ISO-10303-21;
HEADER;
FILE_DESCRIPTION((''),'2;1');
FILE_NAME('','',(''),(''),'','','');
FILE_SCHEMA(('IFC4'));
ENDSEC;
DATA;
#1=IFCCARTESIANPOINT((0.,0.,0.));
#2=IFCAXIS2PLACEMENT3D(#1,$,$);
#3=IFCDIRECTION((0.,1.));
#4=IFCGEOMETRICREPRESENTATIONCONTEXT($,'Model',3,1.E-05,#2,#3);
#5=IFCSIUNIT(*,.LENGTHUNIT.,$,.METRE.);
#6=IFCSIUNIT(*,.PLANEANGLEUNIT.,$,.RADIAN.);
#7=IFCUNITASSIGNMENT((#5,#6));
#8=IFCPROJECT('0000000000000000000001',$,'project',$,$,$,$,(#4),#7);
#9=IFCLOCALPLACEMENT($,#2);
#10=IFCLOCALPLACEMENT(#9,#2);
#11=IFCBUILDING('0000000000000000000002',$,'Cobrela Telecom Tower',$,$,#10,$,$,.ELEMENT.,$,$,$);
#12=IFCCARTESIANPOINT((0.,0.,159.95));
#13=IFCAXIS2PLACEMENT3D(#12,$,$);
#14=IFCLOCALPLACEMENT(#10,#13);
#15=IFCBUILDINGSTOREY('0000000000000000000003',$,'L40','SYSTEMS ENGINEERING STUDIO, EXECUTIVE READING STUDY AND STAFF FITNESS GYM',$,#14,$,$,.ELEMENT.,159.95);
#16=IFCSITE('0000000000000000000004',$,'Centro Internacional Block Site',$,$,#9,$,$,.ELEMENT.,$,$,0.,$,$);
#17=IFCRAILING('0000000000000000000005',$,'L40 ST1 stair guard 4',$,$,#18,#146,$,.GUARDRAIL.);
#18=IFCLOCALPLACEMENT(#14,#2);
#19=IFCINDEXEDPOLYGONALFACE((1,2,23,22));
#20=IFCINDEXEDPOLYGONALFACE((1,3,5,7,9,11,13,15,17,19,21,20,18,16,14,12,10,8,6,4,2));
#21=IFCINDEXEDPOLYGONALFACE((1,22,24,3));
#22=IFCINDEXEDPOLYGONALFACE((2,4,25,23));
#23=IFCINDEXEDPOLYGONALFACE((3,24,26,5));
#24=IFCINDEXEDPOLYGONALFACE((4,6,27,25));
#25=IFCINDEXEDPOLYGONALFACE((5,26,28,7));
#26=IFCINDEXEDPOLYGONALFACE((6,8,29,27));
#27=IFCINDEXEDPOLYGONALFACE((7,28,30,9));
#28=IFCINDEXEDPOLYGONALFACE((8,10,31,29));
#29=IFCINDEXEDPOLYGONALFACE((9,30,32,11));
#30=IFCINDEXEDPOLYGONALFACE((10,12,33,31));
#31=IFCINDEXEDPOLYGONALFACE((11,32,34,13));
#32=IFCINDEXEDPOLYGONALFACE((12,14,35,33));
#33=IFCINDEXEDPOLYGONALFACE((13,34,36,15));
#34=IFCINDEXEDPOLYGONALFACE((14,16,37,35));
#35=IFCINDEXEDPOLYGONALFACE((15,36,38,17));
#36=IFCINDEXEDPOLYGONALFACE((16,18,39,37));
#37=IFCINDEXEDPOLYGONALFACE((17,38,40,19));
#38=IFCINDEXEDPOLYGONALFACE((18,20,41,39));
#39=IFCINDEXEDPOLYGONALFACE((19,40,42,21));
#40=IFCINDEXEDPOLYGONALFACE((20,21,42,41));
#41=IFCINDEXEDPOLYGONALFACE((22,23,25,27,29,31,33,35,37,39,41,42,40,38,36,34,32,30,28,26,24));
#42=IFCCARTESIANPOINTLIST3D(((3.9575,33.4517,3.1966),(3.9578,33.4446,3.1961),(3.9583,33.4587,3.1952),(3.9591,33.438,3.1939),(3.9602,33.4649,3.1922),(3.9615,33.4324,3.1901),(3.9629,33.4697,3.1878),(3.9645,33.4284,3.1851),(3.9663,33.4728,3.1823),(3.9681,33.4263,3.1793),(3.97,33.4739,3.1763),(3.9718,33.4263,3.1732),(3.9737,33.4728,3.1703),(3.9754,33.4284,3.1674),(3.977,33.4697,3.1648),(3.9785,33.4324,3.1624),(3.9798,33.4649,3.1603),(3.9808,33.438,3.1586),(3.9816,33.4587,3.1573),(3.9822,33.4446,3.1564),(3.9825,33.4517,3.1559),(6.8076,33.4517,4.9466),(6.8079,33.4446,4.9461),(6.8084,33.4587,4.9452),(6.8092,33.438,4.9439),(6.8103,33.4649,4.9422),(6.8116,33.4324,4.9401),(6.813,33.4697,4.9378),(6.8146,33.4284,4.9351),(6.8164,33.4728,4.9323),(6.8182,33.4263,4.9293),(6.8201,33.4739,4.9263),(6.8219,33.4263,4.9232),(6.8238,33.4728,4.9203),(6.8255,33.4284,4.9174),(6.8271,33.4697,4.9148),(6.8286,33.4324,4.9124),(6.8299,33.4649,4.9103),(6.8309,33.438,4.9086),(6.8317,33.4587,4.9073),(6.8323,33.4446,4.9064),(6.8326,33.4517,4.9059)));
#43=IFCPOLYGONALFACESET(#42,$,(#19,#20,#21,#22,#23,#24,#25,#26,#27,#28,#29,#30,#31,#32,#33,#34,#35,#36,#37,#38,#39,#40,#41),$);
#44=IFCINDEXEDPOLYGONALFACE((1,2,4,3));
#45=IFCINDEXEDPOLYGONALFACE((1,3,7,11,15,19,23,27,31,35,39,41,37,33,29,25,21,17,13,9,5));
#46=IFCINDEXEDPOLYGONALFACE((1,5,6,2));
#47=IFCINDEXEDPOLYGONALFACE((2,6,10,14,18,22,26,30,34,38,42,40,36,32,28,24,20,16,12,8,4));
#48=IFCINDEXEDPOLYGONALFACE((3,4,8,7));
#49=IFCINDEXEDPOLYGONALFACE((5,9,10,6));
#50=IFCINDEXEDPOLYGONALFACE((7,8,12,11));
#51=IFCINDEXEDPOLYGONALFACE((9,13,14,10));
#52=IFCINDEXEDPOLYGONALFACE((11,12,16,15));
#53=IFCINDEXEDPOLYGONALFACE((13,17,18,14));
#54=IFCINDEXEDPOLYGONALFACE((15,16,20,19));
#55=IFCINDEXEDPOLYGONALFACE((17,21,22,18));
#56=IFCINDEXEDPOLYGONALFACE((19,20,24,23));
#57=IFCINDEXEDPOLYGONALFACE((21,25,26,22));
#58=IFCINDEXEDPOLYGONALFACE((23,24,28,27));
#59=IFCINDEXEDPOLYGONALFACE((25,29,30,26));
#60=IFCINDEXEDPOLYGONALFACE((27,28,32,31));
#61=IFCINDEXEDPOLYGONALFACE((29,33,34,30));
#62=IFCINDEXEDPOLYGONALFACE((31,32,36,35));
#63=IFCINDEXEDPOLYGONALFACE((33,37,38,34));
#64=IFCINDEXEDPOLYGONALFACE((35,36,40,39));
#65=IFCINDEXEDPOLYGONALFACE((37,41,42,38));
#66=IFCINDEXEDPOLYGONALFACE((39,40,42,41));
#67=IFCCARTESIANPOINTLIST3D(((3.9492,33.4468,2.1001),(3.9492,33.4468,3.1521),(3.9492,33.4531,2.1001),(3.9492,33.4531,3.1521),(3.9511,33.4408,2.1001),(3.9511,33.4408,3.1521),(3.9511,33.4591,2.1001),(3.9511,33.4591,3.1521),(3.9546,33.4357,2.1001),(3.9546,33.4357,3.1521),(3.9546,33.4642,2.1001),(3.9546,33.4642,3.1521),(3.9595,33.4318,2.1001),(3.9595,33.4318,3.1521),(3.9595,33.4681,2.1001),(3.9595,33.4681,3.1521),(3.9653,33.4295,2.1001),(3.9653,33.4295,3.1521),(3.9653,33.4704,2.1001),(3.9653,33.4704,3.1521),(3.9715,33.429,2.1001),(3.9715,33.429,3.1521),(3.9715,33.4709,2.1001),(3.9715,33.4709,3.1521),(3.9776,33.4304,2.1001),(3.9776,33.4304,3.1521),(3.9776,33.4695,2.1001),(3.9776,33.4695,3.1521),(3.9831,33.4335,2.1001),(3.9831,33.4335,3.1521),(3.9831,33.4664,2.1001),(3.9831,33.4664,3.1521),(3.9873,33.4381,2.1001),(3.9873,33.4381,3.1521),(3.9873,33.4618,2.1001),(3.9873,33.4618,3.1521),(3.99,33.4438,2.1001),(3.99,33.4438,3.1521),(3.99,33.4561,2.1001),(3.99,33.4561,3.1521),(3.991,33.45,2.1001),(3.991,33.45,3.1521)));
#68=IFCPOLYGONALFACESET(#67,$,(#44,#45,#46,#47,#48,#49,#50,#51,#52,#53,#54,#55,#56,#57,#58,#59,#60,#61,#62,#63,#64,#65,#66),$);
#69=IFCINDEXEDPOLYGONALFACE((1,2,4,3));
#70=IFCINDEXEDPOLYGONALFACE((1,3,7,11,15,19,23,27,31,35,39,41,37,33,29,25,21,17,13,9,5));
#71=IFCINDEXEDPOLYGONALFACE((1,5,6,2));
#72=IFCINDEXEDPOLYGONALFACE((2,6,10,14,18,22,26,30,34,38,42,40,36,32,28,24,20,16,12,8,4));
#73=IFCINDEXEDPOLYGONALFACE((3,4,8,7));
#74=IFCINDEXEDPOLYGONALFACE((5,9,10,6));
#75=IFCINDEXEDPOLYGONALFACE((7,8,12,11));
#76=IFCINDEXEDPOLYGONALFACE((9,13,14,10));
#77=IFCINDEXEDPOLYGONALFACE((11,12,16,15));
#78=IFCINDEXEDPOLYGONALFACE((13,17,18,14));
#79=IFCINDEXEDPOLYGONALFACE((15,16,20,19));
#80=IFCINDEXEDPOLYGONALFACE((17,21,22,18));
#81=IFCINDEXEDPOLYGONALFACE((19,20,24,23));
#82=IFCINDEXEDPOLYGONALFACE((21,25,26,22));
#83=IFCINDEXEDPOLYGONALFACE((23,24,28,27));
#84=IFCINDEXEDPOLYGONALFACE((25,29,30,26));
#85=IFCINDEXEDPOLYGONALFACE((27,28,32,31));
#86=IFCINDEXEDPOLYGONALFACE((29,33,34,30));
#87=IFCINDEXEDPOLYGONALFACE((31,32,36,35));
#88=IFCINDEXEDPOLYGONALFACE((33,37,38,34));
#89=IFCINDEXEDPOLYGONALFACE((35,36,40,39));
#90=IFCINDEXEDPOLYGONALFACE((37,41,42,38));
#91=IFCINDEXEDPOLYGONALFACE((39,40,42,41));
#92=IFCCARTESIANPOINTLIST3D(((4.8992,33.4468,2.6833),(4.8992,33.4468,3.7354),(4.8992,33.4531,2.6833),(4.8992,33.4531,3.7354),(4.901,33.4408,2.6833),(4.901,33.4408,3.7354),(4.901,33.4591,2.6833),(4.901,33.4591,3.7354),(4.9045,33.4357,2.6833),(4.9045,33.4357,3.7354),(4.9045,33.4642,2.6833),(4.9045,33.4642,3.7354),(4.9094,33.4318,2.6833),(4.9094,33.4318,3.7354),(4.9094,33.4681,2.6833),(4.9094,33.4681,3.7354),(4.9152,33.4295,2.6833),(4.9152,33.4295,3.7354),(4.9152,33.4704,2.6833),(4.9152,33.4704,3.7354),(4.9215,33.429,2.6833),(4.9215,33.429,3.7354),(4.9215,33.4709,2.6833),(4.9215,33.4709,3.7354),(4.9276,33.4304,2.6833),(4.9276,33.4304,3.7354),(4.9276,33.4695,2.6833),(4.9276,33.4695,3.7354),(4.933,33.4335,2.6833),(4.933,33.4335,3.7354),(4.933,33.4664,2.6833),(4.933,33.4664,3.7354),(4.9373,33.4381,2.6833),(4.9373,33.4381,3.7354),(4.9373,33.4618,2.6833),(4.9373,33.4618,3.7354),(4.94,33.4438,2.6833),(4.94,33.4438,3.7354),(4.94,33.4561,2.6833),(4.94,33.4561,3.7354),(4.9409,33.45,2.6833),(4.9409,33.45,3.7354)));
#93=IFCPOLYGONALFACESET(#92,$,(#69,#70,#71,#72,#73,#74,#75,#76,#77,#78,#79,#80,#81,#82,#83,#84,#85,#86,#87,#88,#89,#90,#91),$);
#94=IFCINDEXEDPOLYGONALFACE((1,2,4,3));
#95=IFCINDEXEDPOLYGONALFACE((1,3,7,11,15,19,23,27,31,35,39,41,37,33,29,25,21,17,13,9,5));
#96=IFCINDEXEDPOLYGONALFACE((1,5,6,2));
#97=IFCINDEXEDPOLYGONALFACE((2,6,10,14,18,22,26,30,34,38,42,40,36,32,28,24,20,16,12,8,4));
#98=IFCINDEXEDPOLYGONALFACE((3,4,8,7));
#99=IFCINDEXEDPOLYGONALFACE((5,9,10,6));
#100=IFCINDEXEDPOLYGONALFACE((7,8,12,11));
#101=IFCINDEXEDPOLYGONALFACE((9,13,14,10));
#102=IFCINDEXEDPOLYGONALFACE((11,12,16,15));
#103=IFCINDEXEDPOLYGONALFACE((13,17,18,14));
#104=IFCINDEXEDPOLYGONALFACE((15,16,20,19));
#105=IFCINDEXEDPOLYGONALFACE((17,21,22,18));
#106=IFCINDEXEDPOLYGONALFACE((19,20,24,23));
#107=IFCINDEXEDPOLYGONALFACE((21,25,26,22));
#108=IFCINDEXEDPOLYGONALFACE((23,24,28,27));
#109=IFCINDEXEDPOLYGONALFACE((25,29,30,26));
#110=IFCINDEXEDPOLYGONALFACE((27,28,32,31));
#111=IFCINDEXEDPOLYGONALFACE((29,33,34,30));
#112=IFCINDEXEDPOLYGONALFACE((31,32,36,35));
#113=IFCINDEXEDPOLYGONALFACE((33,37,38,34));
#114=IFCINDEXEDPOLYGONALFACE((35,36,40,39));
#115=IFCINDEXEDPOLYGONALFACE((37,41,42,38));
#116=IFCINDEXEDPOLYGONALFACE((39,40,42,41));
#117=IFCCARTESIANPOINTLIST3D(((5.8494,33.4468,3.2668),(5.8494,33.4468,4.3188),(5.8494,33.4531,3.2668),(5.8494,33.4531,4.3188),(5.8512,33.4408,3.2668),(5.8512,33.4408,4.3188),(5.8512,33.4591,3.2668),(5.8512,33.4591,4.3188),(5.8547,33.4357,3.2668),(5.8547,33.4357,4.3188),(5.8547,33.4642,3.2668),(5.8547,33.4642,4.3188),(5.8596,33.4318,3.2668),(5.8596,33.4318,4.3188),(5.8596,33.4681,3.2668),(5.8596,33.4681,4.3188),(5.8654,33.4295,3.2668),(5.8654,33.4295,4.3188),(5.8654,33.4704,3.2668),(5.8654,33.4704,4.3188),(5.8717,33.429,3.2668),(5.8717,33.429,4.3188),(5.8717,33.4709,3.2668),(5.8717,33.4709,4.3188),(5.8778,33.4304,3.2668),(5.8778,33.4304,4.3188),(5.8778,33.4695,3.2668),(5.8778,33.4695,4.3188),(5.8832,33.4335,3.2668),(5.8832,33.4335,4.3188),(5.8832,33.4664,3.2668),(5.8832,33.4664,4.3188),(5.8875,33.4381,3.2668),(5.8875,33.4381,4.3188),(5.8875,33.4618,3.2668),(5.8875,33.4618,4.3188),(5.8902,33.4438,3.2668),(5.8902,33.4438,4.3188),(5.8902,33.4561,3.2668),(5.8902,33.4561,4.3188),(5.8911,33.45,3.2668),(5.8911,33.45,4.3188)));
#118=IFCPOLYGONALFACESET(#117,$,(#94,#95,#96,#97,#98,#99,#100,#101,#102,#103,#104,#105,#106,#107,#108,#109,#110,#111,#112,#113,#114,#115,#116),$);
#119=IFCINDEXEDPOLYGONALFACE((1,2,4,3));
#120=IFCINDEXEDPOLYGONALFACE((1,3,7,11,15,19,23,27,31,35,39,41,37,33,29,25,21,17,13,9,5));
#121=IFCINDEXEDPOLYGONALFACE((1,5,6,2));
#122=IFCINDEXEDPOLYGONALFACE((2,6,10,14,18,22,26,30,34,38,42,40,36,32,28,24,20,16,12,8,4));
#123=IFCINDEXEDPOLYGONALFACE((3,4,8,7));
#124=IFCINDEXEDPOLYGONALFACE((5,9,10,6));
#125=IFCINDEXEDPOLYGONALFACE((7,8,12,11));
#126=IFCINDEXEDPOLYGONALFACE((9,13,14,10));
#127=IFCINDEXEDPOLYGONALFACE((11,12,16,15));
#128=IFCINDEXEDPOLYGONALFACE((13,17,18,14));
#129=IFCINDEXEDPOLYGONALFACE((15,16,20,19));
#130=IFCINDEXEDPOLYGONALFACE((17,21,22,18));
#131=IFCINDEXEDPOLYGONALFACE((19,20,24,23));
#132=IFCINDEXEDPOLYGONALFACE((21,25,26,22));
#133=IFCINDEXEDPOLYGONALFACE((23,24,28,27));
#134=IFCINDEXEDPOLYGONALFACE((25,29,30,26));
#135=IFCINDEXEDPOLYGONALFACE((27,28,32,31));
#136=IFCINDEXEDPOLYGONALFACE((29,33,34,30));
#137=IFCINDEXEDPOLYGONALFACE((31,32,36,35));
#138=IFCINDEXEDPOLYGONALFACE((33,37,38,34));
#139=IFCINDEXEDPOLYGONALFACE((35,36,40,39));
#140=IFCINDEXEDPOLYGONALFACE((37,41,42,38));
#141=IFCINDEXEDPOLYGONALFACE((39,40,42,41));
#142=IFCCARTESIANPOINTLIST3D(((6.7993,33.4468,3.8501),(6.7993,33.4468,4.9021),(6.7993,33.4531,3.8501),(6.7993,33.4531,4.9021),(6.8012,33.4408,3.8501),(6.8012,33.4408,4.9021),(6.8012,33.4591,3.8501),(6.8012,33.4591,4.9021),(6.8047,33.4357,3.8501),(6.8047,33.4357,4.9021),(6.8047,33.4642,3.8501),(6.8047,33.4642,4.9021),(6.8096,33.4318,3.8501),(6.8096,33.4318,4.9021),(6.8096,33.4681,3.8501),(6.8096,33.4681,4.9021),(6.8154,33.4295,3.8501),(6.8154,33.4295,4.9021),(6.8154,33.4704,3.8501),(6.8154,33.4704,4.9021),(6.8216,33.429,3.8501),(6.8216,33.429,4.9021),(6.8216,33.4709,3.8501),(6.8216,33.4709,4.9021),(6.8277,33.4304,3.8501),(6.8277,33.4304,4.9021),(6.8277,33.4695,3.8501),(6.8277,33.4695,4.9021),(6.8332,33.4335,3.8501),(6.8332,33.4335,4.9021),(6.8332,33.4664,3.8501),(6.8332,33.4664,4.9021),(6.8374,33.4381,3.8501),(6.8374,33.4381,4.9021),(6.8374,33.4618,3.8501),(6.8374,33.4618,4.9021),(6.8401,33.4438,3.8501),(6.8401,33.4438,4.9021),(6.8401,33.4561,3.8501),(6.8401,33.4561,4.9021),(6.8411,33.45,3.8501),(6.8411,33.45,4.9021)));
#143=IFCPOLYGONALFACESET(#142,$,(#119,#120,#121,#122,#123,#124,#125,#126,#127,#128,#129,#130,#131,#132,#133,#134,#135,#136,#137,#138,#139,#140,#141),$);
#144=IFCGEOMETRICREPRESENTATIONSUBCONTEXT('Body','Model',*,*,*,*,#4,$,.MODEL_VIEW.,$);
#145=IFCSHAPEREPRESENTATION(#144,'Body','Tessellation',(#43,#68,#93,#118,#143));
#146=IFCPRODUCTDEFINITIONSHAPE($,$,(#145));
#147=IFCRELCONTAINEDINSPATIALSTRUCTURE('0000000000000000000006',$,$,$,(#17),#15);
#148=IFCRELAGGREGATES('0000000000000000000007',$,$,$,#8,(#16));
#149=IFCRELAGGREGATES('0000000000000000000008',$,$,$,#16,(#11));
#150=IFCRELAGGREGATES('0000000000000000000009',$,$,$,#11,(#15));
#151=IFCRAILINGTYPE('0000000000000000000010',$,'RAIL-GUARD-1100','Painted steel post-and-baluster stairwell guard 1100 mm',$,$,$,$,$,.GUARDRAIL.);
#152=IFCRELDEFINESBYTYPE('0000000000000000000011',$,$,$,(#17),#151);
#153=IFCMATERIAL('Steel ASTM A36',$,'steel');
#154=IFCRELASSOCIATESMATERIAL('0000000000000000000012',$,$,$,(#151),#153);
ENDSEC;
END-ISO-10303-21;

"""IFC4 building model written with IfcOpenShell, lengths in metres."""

from ifc_helpers import new_model, si_unit, direction, frame, origin, origin_2d, place, context, subcontext, project, spatial, circle, extrude, material, type_object, element, save


model = new_model("IFC4")

# Units and contexts
model_context = context("Model", 3, precision=1e-05, world=origin(), true_north=direction((0.0, 1.0)))
body_context = subcontext(model_context, "Body", "Model", "MODEL_VIEW")
ifc_project = project(units=[si_unit("LENGTHUNIT", "METRE"), si_unit("PLANEANGLEUNIT", "RADIAN")], contexts=[model_context])

# Site, building, storey
site_placement = place(None, origin())
site = spatial("IfcSite", under=ifc_project, at=site_placement, Name="Centro Internacional Block Site", CompositionType="ELEMENT", RefElevation=0.0)
building_placement = place(site_placement, origin())
building = spatial("IfcBuilding", under=site, at=building_placement, Name="Cobrela Telecom Tower", CompositionType="ELEMENT")
storey_placement = place(building_placement, frame((0.0, 0.0, 159.95)))
storey = spatial("IfcBuildingStorey", under=building, at=storey_placement, Name="L40", Description="SYSTEMS ENGINEERING STUDIO, EXECUTIVE READING STUDY AND STAFF FITNESS GYM", CompositionType="ELEMENT", Elevation=159.95)

# Shared definitions
ifc_material_1 = material(Name="Steel ASTM A36", Category="steel")

# Railing
railing_type_1 = type_object("IfcRailingType", Name="RAIL-GUARD-1100", Description="Painted steel post-and-baluster stairwell guard 1100 mm", PredefinedType="GUARDRAIL", material=ifc_material_1)
railing_1_placement = place(storey_placement, frame((3.97, 33.45, 2.1001)))
element("IfcRailing", 1, at=railing_1_placement, inside=storey, type_object=railing_type_1, Name="L40 ST1 stair guard 4", PredefinedType="GUARDRAIL", context=body_context, shape_type="SweptSolid", body=[
    extrude(circle(Radius=0.0239, at=origin_2d()), frame((0.0, 0.0, 1.0762), z_axis=(0.852179, 0.0, 0.52325), x_axis=(0.0, 1.0, 0.0)), (0.0, 0.0, 1.0), 3.3445),
    extrude(circle(Radius=0.021, at=origin_2d()), origin(), (0.0, 0.0, 1.0), 1.052),
    extrude(circle(Radius=0.021, at=origin_2d()), frame((0.95, 0.0, 0.5833)), (0.0, 0.0, 1.0), 1.052),
    extrude(circle(Radius=0.021, at=origin_2d()), frame((1.9001, 0.0, 1.1667)), (0.0, 0.0, 1.0), 1.052),
    extrude(circle(Radius=0.021, at=origin_2d()), frame((2.8501, 0.0, 1.75)), (0.0, 0.0, 1.0), 1.052),
])

save(model, "model.ifc")
